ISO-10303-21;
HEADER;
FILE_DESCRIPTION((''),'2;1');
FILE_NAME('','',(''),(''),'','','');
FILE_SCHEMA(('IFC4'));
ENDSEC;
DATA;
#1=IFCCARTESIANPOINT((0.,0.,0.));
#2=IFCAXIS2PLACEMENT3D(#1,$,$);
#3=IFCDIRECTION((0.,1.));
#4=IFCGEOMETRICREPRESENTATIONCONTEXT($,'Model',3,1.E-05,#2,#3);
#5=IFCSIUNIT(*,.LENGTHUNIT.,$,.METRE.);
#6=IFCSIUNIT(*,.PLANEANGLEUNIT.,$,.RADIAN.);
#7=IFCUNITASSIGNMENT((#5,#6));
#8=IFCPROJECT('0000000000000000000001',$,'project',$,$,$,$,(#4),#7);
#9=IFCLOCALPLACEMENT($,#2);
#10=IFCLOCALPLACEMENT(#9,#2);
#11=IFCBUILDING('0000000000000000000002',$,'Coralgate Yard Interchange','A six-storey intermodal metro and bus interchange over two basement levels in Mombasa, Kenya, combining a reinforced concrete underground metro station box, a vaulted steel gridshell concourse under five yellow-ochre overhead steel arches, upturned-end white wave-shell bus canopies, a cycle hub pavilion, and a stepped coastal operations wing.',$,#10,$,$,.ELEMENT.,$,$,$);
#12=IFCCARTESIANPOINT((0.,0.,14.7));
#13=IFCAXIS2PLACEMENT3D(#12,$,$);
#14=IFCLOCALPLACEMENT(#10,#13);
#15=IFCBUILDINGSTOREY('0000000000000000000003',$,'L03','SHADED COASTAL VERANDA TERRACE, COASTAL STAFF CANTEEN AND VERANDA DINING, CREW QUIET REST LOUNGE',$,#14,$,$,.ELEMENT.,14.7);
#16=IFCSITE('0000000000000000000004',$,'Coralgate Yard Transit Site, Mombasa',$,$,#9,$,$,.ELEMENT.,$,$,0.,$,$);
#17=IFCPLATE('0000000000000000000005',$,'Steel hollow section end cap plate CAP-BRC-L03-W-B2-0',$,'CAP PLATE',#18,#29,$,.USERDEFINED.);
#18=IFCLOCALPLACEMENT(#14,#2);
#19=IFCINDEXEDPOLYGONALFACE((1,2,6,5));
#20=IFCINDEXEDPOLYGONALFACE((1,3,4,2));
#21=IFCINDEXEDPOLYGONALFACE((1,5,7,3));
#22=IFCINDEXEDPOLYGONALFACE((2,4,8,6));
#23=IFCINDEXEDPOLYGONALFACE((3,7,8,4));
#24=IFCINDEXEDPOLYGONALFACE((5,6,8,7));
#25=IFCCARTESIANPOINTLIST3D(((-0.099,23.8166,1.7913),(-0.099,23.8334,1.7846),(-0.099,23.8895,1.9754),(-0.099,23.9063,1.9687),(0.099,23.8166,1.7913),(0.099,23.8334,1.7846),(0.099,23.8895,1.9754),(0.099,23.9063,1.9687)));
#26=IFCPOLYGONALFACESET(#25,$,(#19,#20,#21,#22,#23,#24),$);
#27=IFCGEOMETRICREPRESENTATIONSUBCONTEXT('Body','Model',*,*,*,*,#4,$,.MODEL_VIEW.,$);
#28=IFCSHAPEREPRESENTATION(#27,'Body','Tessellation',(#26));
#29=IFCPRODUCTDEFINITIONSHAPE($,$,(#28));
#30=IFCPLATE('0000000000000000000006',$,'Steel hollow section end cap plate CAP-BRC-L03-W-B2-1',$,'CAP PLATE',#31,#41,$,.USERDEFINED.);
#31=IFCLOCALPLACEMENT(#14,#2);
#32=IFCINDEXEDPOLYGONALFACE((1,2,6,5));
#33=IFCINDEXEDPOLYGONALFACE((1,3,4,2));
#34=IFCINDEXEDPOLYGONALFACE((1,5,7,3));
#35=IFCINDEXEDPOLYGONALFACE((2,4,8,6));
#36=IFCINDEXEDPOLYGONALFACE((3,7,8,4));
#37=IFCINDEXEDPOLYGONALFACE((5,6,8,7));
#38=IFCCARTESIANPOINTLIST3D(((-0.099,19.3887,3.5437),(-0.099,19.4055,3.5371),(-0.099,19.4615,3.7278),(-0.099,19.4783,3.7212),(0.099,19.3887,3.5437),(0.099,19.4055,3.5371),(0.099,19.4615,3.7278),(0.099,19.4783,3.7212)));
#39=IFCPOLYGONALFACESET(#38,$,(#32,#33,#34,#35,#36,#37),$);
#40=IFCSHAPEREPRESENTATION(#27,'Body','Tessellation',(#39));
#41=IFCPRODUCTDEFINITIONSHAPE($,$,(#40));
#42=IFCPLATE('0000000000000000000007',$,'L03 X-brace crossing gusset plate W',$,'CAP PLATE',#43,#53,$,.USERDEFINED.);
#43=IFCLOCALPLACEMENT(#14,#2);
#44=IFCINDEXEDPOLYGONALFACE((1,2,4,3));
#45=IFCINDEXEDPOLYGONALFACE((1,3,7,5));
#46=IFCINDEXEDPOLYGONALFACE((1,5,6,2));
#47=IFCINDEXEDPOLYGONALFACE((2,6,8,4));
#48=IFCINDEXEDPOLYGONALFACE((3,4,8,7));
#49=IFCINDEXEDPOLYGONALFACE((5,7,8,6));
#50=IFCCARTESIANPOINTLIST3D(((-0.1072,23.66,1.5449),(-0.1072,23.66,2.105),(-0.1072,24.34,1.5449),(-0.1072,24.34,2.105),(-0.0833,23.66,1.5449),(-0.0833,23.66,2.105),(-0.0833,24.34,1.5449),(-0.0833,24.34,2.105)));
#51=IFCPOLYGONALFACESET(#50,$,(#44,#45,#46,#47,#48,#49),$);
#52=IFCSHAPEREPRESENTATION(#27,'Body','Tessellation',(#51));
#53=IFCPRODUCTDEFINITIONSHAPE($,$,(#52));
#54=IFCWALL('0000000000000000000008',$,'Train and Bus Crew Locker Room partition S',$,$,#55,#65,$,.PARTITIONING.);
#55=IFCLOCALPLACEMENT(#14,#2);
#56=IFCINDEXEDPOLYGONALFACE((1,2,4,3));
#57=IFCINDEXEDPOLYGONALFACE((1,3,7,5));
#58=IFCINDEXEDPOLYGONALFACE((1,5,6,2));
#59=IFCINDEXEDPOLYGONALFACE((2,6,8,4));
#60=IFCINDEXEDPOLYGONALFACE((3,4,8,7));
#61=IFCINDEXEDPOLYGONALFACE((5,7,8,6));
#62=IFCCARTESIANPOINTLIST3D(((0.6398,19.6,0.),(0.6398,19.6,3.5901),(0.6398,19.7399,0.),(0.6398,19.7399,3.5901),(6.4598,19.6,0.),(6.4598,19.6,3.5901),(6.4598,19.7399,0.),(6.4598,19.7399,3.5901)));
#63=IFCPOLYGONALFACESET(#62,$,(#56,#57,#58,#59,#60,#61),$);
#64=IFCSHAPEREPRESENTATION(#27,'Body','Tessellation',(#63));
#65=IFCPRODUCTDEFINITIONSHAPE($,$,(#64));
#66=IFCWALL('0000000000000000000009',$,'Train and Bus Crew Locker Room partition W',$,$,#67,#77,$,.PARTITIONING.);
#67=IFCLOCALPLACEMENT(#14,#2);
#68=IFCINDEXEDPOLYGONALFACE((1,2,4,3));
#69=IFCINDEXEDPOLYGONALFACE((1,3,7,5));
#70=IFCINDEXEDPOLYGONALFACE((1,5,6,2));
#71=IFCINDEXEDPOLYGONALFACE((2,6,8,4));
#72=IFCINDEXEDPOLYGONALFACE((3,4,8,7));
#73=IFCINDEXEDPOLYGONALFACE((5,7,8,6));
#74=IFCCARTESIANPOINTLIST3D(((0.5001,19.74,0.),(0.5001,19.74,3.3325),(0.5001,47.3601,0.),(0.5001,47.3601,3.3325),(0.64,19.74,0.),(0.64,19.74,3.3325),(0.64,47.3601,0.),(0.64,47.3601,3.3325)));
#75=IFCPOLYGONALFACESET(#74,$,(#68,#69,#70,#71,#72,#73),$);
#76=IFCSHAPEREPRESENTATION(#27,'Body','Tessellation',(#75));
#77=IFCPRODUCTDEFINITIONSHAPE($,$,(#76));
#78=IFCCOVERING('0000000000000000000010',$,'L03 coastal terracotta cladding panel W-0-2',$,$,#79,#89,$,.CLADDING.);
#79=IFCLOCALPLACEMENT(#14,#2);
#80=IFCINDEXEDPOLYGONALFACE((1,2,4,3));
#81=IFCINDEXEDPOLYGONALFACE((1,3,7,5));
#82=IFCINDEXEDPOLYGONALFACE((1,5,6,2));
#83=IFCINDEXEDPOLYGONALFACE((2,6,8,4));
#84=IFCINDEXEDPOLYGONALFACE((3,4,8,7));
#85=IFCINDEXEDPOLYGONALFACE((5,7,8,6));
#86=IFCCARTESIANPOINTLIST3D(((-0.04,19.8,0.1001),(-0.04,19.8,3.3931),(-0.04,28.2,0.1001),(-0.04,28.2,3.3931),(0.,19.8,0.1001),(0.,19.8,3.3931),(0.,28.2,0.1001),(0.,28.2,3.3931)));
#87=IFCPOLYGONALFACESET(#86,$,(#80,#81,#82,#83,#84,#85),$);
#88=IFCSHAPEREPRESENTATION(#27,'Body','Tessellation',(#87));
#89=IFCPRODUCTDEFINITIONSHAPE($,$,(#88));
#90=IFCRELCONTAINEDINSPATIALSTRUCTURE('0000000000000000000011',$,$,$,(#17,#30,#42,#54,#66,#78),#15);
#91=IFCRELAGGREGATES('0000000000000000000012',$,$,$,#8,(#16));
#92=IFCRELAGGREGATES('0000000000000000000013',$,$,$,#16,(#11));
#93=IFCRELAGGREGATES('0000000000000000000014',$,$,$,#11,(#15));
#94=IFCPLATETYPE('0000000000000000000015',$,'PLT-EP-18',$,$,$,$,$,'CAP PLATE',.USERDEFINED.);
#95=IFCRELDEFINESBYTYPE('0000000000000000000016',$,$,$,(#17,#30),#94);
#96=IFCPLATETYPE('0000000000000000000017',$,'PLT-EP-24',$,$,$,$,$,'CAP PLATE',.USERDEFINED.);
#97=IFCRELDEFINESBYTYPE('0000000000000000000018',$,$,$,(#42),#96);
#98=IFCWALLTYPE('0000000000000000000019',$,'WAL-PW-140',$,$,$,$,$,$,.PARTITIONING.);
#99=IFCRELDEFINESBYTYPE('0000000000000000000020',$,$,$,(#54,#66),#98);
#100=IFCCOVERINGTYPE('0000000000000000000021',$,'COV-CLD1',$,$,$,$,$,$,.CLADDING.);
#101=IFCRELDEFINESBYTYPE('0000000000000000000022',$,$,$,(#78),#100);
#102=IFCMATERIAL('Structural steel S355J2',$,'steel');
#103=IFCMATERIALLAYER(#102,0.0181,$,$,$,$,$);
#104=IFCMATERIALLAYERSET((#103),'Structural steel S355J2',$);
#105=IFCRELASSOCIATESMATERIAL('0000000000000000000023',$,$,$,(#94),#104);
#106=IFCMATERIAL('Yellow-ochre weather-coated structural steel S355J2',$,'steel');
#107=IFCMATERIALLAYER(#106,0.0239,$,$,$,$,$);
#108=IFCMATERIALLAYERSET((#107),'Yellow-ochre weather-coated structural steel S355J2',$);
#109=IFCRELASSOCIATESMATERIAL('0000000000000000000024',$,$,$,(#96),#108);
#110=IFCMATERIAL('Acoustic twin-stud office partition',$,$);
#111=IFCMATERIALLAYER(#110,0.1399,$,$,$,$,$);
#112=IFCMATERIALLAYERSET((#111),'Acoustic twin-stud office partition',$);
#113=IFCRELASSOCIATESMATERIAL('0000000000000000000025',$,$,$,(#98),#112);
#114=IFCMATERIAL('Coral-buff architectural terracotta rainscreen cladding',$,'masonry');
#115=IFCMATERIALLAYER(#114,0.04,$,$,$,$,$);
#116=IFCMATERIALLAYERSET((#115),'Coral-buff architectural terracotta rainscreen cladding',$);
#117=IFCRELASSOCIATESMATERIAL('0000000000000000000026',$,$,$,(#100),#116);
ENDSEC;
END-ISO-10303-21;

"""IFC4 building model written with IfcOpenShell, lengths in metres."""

from ifc_helpers import new_model, si_unit, direction, frame, frame_2d, origin, origin_2d, place, context, subcontext, project, spatial, rectangle, extrude, material, layer, layer_set, type_object, element, save


model = new_model("IFC4")

# Units and contexts
model_context = context("Model", 3, precision=1e-05, world=origin(), true_north=direction((0.0, 1.0)))
body_context = subcontext(model_context, "Body", "Model", "MODEL_VIEW")
ifc_project = project(units=[si_unit("LENGTHUNIT", "METRE"), si_unit("PLANEANGLEUNIT", "RADIAN")], contexts=[model_context])

# Site, building, storey
site_placement = place(None, origin())
site = spatial("IfcSite", under=ifc_project, at=site_placement, Name="Coralgate Yard Transit Site, Mombasa", CompositionType="ELEMENT", RefElevation=0.0)
building_placement = place(site_placement, origin())
building = spatial("IfcBuilding", under=site, at=building_placement, Name="Coralgate Yard Interchange", Description="A six-storey intermodal metro and bus interchange over two basement levels in Mombasa, Kenya, combining a reinforced concrete underground metro station box, a vaulted steel gridshell concourse under five yellow-ochre overhead steel arches, upturned-end white wave-shell bus canopies, a cycle hub pavilion, and a stepped coastal operations wing.", CompositionType="ELEMENT")
storey_placement = place(building_placement, frame((0.0, 0.0, 14.7)))
storey = spatial("IfcBuildingStorey", under=building, at=storey_placement, Name="L03", Description="SHADED COASTAL VERANDA TERRACE, COASTAL STAFF CANTEEN AND VERANDA DINING, CREW QUIET REST LOUNGE", CompositionType="ELEMENT", Elevation=14.7)

# Shared definitions
ifc_material_1 = material(Name="Structural steel S355J2", Category="steel")

# Plates
ifc_layer_1 = layer(ifc_material_1, 0.0181)
ifc_layer_set_1 = layer_set([ifc_layer_1], Name="Structural steel S355J2")
plate_type_1 = type_object("IfcPlateType", Name="PLT-EP-18", ElementType="CAP PLATE", PredefinedType="USERDEFINED", material=ifc_layer_set_1)
for number, where, z_axis, x_axis, name in (
    (1, (0.0, 23.853, 1.8833), (0.0, 0.929807, -0.368048), (-1.0, 0.0, 0.0), "Steel hollow section end cap plate CAP-BRC-L03-W-B2-0"),
    (2, (0.0, 19.4419, 3.6292), (0.0, -0.929807, 0.368048), (1.0, 0.0, 0.0), "Steel hollow section end cap plate CAP-BRC-L03-W-B2-1"),
):
    element("IfcPlate", number, at=place(storey_placement, frame(where, z_axis=z_axis, x_axis=x_axis)), inside=storey, type_object=plate_type_1, Name=name, ObjectType="CAP PLATE", PredefinedType="USERDEFINED", context=body_context, shape_type="SweptSolid", body=[
        extrude(rectangle(XDim=0.198, YDim=0.198, at=origin_2d()), origin(), (0.0, 0.0, 1.0), 0.0181),
    ])
ifc_material_2 = material(Name="Yellow-ochre weather-coated structural steel S355J2", Category="steel")
ifc_layer_2 = layer(ifc_material_2, 0.0239)
ifc_layer_set_2 = layer_set([ifc_layer_2], Name="Yellow-ochre weather-coated structural steel S355J2")
plate_type_2 = type_object("IfcPlateType", Name="PLT-EP-24", ElementType="CAP PLATE", PredefinedType="USERDEFINED", material=ifc_layer_set_2)
plate_placement = place(storey_placement, frame((-0.0952, 24.0, 1.5449), z_axis=(0.0, 0.0, 1.0), x_axis=(0.0, 1.0, 0.0)))
element("IfcPlate", 3, at=plate_placement, inside=storey, type_object=plate_type_2, Name="L03 X-brace crossing gusset plate W", ObjectType="CAP PLATE", PredefinedType="USERDEFINED", context=body_context, shape_type="SweptSolid", body=[
    extrude(rectangle(XDim=0.6799, YDim=0.0239, at=origin_2d()), origin(), (0.0, 0.0, 1.0), 0.5601),
])

# Walls
ifc_material_3 = material(Name="Acoustic twin-stud office partition")
ifc_layer_3 = layer(ifc_material_3, 0.1399)
ifc_layer_set_3 = layer_set([ifc_layer_3], Name="Acoustic twin-stud office partition")
wall_type = type_object("IfcWallType", Name="WAL-PW-140", PredefinedType="PARTITIONING", material=ifc_layer_set_3)
wall_1_placement = place(storey_placement, frame((6.46, 19.6699, 0.0), z_axis=(0.0, 0.0, 1.0), x_axis=(-1.0, 0.0, 0.0)))
element("IfcWall", 4, at=wall_1_placement, inside=storey, type_object=wall_type, Name="Train and Bus Crew Locker Room partition S", PredefinedType="PARTITIONING", context=body_context, shape_type="SweptSolid", body=[
    extrude(rectangle(XDim=5.8201, YDim=0.1399, at=frame_2d((2.9102, 0.0))), origin(), (0.0, 0.0, 1.0), 3.5901),
])
wall_2_placement = place(storey_placement, frame((0.5701, 19.74, 0.0), z_axis=(0.0, 0.0, 1.0), x_axis=(0.0, 1.0, 0.0)))
element("IfcWall", 5, at=wall_2_placement, inside=storey, type_object=wall_type, Name="Train and Bus Crew Locker Room partition W", PredefinedType="PARTITIONING", context=body_context, shape_type="SweptSolid", body=[
    extrude(rectangle(XDim=27.6201, YDim=0.1399, at=frame_2d((13.8101, 0.0))), origin(), (0.0, 0.0, 1.0), 3.3325),
])

# Covering
ifc_material_4 = material(Name="Coral-buff architectural terracotta rainscreen cladding", Category="masonry")
ifc_layer_4 = layer(ifc_material_4, 0.04)
ifc_layer_set_4 = layer_set([ifc_layer_4], Name="Coral-buff architectural terracotta rainscreen cladding")
covering_type = type_object("IfcCoveringType", Name="COV-CLD1", PredefinedType="CLADDING", material=ifc_layer_set_4)
covering_placement = place(storey_placement, frame((-0.02, 24.0, 0.1001), z_axis=(0.0, 0.0, 1.0), x_axis=(0.0, 1.0, 0.0)))
element("IfcCovering", 6, at=covering_placement, inside=storey, type_object=covering_type, Name="L03 coastal terracotta cladding panel W-0-2", PredefinedType="CLADDING", context=body_context, shape_type="SweptSolid", body=[
    extrude(rectangle(XDim=8.3999, YDim=0.04, at=origin_2d()), origin(), (0.0, 0.0, 1.0), 3.293),
])

save(model, "model.ifc")
